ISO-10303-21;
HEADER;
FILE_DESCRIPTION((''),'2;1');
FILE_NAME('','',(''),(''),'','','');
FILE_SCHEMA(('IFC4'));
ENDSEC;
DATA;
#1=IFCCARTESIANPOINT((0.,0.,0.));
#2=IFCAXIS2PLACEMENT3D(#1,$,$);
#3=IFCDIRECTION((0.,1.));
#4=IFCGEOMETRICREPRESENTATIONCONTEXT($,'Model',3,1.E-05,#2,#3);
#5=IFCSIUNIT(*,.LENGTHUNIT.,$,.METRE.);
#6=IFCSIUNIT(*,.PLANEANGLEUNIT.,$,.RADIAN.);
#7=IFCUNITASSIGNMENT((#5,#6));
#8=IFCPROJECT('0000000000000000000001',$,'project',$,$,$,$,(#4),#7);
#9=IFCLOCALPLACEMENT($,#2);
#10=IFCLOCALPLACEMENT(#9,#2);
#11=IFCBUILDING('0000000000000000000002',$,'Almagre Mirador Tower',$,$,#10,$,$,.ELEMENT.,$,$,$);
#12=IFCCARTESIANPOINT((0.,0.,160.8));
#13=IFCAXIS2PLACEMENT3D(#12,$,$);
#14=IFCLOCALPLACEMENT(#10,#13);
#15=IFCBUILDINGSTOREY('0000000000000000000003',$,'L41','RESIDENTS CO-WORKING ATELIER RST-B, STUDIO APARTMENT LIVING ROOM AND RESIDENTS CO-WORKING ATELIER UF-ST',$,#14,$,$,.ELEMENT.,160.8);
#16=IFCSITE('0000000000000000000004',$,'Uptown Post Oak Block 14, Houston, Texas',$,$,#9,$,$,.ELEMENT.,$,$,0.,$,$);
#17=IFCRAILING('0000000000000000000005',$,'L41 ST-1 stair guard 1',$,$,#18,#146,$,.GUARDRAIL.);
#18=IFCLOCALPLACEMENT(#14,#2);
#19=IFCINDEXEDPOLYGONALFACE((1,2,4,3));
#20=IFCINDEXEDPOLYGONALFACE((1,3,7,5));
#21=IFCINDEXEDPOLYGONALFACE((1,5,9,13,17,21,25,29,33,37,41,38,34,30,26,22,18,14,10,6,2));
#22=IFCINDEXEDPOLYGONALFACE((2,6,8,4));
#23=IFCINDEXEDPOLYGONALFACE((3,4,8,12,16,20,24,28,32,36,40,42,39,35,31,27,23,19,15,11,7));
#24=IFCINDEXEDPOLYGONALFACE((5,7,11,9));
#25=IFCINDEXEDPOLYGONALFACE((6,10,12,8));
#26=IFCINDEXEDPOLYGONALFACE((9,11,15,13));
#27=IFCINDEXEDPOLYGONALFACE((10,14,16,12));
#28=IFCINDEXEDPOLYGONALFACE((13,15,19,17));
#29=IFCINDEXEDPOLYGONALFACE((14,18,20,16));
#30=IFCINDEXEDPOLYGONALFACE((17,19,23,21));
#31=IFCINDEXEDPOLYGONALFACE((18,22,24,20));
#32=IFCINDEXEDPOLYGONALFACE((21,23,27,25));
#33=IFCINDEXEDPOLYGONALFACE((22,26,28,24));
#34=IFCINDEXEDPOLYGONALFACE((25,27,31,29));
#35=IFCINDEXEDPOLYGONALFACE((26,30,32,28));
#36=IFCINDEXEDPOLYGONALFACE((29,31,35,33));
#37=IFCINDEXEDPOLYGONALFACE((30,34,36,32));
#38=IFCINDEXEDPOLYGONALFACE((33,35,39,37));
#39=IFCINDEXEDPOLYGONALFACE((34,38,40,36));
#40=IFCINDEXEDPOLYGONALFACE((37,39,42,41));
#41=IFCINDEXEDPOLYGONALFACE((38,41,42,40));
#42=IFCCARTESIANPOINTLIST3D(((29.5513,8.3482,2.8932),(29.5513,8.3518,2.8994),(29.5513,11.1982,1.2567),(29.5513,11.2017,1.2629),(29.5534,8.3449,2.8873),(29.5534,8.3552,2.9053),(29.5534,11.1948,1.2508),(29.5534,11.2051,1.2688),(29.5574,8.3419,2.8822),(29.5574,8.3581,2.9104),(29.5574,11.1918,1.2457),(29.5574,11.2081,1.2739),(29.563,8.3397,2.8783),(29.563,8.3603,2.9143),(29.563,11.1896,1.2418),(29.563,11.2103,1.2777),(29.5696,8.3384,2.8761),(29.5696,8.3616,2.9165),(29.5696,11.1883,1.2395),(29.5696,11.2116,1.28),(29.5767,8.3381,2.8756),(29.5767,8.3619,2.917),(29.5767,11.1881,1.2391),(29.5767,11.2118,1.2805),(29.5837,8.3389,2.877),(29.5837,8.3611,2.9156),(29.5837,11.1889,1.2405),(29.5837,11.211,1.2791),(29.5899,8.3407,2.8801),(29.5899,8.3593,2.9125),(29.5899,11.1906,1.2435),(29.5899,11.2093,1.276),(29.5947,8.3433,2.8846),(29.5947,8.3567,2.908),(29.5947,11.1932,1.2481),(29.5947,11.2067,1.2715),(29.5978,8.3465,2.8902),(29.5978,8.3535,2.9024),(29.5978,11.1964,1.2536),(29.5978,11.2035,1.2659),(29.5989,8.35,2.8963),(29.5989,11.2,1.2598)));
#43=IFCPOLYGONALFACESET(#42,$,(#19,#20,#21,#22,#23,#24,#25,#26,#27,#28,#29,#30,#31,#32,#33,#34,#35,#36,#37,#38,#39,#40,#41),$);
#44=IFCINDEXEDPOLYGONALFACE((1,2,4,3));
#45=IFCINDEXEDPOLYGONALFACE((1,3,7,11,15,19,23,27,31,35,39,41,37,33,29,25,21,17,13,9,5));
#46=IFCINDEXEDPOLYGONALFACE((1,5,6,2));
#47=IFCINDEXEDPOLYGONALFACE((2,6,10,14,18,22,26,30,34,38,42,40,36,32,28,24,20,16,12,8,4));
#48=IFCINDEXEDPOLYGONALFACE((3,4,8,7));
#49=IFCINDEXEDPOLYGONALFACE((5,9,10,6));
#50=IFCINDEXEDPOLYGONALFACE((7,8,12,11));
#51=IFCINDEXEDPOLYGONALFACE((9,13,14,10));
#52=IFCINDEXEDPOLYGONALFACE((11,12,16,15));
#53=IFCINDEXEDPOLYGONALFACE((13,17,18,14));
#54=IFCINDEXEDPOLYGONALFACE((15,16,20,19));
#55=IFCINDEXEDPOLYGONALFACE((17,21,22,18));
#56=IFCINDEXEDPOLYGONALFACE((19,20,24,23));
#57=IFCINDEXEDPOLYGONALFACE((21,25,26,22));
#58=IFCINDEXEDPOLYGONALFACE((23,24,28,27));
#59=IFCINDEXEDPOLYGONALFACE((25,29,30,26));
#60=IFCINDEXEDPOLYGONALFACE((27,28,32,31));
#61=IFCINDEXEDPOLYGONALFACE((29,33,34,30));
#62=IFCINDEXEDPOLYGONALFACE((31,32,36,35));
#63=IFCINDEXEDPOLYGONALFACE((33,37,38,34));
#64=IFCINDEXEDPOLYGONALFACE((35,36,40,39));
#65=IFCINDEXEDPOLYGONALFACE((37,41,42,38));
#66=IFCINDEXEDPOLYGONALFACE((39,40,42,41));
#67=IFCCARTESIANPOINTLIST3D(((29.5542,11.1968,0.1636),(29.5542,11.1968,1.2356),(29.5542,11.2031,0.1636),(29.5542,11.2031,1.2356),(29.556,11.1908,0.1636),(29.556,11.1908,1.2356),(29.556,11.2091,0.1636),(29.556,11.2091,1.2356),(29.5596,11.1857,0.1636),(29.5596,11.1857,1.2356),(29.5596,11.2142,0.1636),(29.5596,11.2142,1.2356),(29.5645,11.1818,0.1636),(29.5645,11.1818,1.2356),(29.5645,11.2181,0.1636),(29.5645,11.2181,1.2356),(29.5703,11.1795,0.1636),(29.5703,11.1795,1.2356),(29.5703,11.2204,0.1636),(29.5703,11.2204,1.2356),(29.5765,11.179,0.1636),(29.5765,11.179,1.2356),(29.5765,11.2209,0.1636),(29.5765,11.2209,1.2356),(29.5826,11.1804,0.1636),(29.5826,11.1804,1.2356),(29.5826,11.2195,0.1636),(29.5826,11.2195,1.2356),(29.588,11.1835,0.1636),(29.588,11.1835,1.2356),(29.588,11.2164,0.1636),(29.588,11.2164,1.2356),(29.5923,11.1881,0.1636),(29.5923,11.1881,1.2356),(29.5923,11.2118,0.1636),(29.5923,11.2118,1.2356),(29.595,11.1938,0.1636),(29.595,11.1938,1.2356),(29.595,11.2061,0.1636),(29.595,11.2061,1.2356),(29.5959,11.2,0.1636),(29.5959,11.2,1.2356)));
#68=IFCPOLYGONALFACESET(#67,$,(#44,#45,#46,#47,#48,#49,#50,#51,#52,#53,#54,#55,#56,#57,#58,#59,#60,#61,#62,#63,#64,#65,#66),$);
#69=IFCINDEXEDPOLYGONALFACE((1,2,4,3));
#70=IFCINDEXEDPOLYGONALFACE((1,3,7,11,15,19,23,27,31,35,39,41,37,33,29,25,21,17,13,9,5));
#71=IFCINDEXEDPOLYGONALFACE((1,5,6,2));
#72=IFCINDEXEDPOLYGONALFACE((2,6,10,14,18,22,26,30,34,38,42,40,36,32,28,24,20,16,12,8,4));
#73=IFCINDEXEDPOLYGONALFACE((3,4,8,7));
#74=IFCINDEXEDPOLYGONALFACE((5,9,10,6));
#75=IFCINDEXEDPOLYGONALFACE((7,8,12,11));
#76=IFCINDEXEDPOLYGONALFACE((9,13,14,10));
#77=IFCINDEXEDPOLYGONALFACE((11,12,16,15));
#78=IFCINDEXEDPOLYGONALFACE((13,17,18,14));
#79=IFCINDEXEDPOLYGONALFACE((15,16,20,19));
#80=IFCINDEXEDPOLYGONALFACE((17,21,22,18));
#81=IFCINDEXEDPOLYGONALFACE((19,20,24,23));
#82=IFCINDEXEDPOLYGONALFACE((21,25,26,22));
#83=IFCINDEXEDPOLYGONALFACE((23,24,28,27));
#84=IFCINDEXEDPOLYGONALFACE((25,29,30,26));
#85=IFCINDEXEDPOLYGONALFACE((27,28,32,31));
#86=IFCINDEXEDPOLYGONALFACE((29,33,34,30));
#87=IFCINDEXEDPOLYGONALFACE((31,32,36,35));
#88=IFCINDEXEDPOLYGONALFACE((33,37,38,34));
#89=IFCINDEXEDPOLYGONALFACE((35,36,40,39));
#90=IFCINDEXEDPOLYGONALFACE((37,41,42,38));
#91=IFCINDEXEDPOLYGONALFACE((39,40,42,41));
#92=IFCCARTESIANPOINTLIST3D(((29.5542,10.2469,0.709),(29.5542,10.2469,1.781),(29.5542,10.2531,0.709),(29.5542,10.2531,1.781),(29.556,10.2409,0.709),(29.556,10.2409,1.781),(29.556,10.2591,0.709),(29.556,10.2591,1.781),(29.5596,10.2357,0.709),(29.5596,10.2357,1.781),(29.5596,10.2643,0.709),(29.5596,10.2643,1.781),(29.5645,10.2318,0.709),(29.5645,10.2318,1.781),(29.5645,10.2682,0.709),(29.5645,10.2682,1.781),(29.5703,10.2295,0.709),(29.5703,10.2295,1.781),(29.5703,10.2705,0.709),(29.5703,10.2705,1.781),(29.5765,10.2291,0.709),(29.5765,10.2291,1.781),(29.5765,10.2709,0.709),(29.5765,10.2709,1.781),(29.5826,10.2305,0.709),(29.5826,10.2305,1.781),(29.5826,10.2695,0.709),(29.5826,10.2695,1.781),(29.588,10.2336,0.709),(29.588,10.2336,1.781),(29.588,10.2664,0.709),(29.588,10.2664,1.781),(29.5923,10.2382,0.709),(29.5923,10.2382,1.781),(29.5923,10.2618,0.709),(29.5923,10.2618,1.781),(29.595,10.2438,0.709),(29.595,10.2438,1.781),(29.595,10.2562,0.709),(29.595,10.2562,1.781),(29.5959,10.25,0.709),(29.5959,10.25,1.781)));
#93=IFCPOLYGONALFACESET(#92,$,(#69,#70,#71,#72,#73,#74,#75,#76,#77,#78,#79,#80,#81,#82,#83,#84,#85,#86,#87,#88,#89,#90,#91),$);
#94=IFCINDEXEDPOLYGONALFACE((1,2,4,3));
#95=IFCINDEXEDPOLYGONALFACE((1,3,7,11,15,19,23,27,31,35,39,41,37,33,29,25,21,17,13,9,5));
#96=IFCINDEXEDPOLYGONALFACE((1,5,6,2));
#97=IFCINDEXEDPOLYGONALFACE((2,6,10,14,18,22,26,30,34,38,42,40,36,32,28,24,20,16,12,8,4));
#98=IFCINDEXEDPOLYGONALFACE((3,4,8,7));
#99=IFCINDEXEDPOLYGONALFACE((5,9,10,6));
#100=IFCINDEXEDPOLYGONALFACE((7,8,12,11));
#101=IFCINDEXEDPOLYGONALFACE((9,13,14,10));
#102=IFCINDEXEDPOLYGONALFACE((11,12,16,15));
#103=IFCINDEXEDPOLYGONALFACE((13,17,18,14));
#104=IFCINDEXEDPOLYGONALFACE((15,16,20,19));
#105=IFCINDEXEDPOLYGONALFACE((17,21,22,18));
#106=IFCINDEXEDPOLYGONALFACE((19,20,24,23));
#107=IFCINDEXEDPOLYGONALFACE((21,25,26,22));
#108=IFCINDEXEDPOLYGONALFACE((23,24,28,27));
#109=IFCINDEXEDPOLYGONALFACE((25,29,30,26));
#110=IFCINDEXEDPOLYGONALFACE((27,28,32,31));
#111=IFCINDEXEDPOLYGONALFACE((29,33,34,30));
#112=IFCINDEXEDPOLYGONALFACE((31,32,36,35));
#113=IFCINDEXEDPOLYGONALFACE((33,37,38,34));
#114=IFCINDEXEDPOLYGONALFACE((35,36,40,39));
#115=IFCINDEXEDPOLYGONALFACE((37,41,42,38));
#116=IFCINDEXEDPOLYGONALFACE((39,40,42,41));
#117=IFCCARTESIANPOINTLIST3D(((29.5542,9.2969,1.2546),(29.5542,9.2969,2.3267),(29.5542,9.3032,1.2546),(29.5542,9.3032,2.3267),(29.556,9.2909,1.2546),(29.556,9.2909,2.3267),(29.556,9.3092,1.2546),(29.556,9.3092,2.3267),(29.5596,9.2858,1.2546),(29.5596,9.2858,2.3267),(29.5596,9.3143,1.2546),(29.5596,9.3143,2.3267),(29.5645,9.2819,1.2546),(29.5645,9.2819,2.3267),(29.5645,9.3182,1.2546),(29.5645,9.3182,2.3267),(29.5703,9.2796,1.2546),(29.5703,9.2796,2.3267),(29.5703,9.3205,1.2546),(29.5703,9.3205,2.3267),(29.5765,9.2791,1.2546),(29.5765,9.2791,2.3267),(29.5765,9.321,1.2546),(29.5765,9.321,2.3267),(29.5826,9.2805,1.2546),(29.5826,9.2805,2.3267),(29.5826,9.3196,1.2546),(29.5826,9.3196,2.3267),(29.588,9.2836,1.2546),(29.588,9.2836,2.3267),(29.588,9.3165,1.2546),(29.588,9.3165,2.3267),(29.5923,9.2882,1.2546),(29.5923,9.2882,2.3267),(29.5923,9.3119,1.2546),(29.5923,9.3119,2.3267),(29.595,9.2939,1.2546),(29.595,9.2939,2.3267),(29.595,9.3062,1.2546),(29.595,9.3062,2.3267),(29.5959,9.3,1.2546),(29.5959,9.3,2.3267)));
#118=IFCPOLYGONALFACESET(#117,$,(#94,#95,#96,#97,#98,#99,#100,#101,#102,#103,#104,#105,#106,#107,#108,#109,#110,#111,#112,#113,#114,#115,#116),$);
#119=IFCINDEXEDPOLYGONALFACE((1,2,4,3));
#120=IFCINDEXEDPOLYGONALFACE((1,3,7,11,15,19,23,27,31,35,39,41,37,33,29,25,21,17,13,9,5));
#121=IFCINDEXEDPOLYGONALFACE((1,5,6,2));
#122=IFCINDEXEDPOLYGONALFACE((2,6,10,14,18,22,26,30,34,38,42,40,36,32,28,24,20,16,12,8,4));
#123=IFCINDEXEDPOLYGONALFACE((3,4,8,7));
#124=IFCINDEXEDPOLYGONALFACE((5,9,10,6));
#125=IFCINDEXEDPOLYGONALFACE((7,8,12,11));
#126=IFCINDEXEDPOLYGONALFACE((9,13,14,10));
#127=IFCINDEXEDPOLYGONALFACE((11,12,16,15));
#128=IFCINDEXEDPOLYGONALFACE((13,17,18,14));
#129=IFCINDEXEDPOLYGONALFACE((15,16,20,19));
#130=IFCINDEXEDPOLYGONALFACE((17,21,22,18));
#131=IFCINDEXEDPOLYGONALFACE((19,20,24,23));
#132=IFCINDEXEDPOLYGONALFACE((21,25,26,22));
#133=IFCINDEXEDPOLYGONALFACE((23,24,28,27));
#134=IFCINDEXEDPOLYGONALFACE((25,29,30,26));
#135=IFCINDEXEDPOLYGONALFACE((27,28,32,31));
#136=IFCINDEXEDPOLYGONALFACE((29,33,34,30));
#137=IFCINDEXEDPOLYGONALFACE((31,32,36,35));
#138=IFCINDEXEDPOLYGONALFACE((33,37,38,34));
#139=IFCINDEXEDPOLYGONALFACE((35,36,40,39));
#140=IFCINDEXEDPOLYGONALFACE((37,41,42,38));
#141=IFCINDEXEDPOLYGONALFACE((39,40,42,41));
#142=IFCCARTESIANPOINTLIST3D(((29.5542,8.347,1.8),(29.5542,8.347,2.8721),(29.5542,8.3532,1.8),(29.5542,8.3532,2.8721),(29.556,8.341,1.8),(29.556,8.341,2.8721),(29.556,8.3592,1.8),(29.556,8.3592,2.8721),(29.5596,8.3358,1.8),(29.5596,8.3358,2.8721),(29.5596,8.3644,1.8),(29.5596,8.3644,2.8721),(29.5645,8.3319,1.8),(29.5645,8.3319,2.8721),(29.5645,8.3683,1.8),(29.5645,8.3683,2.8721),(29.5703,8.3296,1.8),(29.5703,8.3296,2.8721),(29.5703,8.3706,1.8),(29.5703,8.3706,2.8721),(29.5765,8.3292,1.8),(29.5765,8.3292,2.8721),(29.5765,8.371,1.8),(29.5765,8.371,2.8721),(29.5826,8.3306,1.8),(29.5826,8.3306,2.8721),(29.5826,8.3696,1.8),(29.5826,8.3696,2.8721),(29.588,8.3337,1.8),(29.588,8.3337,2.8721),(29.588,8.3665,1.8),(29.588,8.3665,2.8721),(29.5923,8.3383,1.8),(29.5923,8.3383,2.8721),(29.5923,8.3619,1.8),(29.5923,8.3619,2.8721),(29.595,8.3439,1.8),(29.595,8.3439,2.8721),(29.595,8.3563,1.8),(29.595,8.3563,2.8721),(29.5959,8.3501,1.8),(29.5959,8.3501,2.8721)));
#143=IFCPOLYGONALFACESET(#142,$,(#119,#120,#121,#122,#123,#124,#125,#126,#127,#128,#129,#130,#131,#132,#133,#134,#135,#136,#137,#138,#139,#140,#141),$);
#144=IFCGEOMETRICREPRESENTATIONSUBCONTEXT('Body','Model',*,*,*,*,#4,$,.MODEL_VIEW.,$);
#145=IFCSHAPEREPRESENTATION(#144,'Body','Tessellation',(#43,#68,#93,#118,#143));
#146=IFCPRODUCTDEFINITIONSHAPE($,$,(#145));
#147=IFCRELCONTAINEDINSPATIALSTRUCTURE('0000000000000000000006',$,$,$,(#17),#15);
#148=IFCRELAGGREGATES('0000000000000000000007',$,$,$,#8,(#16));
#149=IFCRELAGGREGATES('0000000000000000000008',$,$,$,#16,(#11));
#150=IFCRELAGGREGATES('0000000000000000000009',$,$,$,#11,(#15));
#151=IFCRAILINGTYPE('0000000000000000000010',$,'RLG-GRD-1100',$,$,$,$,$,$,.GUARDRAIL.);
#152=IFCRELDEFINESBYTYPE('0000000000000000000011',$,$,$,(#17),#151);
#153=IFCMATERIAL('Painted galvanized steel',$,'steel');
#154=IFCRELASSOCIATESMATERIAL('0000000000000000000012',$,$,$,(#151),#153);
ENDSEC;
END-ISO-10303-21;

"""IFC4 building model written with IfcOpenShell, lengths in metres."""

from ifc_helpers import new_model, si_unit, direction, frame, origin, origin_2d, place, context, subcontext, project, spatial, circle, extrude, material, type_object, element, save


model = new_model("IFC4")

# Units and contexts
model_context = context("Model", 3, precision=1e-05, world=origin(), true_north=direction((0.0, 1.0)))
body_context = subcontext(model_context, "Body", "Model", "MODEL_VIEW")
ifc_project = project(units=[si_unit("LENGTHUNIT", "METRE"), si_unit("PLANEANGLEUNIT", "RADIAN")], contexts=[model_context])

# Site, building, storey
site_placement = place(None, origin())
site = spatial("IfcSite", under=ifc_project, at=site_placement, Name="Uptown Post Oak Block 14, Houston, Texas", CompositionType="ELEMENT", RefElevation=0.0)
building_placement = place(site_placement, origin())
building = spatial("IfcBuilding", under=site, at=building_placement, Name="Almagre Mirador Tower", CompositionType="ELEMENT")
storey_placement = place(building_placement, frame((0.0, 0.0, 160.8)))
storey = spatial("IfcBuildingStorey", under=building, at=storey_placement, Name="L41", Description="RESIDENTS CO-WORKING ATELIER RST-B, STUDIO APARTMENT LIVING ROOM AND RESIDENTS CO-WORKING ATELIER UF-ST", CompositionType="ELEMENT", Elevation=160.8)

# Railing
ifc_material_1 = material(Name="Painted galvanized steel", Category="steel")
railing_type_1 = type_object("IfcRailingType", Name="RLG-GRD-1100", PredefinedType="GUARDRAIL", material=ifc_material_1)
railing_1_placement = place(storey_placement, frame((29.575, 11.2, 0.1636)))
element("IfcRailing", 1, at=railing_1_placement, inside=storey, type_object=railing_type_1, Name="L41 ST-1 stair guard 1", PredefinedType="GUARDRAIL", context=body_context, shape_type="SweptSolid", body=[
    extrude(circle(Radius=0.0239, at=origin_2d()), frame((0.0, 0.0, 1.0962), z_axis=(0.0, -0.867194, 0.49797), x_axis=(1.0, 0.0, 0.0)), (0.0, 0.0, 1.0), 3.2864),
    extrude(circle(Radius=0.021, at=origin_2d()), origin(), (0.0, 0.0, 1.0), 1.072),
    extrude(circle(Radius=0.021, at=origin_2d()), frame((0.0, -0.95, 0.5454)), (0.0, 0.0, 1.0), 1.072),
    extrude(circle(Radius=0.021, at=origin_2d()), frame((0.0, -1.8999, 1.0911)), (0.0, 0.0, 1.0), 1.072),
    extrude(circle(Radius=0.021, at=origin_2d()), frame((0.0, -2.8499, 1.6365)), (0.0, 0.0, 1.0), 1.072),
])

save(model, "model.ifc")
